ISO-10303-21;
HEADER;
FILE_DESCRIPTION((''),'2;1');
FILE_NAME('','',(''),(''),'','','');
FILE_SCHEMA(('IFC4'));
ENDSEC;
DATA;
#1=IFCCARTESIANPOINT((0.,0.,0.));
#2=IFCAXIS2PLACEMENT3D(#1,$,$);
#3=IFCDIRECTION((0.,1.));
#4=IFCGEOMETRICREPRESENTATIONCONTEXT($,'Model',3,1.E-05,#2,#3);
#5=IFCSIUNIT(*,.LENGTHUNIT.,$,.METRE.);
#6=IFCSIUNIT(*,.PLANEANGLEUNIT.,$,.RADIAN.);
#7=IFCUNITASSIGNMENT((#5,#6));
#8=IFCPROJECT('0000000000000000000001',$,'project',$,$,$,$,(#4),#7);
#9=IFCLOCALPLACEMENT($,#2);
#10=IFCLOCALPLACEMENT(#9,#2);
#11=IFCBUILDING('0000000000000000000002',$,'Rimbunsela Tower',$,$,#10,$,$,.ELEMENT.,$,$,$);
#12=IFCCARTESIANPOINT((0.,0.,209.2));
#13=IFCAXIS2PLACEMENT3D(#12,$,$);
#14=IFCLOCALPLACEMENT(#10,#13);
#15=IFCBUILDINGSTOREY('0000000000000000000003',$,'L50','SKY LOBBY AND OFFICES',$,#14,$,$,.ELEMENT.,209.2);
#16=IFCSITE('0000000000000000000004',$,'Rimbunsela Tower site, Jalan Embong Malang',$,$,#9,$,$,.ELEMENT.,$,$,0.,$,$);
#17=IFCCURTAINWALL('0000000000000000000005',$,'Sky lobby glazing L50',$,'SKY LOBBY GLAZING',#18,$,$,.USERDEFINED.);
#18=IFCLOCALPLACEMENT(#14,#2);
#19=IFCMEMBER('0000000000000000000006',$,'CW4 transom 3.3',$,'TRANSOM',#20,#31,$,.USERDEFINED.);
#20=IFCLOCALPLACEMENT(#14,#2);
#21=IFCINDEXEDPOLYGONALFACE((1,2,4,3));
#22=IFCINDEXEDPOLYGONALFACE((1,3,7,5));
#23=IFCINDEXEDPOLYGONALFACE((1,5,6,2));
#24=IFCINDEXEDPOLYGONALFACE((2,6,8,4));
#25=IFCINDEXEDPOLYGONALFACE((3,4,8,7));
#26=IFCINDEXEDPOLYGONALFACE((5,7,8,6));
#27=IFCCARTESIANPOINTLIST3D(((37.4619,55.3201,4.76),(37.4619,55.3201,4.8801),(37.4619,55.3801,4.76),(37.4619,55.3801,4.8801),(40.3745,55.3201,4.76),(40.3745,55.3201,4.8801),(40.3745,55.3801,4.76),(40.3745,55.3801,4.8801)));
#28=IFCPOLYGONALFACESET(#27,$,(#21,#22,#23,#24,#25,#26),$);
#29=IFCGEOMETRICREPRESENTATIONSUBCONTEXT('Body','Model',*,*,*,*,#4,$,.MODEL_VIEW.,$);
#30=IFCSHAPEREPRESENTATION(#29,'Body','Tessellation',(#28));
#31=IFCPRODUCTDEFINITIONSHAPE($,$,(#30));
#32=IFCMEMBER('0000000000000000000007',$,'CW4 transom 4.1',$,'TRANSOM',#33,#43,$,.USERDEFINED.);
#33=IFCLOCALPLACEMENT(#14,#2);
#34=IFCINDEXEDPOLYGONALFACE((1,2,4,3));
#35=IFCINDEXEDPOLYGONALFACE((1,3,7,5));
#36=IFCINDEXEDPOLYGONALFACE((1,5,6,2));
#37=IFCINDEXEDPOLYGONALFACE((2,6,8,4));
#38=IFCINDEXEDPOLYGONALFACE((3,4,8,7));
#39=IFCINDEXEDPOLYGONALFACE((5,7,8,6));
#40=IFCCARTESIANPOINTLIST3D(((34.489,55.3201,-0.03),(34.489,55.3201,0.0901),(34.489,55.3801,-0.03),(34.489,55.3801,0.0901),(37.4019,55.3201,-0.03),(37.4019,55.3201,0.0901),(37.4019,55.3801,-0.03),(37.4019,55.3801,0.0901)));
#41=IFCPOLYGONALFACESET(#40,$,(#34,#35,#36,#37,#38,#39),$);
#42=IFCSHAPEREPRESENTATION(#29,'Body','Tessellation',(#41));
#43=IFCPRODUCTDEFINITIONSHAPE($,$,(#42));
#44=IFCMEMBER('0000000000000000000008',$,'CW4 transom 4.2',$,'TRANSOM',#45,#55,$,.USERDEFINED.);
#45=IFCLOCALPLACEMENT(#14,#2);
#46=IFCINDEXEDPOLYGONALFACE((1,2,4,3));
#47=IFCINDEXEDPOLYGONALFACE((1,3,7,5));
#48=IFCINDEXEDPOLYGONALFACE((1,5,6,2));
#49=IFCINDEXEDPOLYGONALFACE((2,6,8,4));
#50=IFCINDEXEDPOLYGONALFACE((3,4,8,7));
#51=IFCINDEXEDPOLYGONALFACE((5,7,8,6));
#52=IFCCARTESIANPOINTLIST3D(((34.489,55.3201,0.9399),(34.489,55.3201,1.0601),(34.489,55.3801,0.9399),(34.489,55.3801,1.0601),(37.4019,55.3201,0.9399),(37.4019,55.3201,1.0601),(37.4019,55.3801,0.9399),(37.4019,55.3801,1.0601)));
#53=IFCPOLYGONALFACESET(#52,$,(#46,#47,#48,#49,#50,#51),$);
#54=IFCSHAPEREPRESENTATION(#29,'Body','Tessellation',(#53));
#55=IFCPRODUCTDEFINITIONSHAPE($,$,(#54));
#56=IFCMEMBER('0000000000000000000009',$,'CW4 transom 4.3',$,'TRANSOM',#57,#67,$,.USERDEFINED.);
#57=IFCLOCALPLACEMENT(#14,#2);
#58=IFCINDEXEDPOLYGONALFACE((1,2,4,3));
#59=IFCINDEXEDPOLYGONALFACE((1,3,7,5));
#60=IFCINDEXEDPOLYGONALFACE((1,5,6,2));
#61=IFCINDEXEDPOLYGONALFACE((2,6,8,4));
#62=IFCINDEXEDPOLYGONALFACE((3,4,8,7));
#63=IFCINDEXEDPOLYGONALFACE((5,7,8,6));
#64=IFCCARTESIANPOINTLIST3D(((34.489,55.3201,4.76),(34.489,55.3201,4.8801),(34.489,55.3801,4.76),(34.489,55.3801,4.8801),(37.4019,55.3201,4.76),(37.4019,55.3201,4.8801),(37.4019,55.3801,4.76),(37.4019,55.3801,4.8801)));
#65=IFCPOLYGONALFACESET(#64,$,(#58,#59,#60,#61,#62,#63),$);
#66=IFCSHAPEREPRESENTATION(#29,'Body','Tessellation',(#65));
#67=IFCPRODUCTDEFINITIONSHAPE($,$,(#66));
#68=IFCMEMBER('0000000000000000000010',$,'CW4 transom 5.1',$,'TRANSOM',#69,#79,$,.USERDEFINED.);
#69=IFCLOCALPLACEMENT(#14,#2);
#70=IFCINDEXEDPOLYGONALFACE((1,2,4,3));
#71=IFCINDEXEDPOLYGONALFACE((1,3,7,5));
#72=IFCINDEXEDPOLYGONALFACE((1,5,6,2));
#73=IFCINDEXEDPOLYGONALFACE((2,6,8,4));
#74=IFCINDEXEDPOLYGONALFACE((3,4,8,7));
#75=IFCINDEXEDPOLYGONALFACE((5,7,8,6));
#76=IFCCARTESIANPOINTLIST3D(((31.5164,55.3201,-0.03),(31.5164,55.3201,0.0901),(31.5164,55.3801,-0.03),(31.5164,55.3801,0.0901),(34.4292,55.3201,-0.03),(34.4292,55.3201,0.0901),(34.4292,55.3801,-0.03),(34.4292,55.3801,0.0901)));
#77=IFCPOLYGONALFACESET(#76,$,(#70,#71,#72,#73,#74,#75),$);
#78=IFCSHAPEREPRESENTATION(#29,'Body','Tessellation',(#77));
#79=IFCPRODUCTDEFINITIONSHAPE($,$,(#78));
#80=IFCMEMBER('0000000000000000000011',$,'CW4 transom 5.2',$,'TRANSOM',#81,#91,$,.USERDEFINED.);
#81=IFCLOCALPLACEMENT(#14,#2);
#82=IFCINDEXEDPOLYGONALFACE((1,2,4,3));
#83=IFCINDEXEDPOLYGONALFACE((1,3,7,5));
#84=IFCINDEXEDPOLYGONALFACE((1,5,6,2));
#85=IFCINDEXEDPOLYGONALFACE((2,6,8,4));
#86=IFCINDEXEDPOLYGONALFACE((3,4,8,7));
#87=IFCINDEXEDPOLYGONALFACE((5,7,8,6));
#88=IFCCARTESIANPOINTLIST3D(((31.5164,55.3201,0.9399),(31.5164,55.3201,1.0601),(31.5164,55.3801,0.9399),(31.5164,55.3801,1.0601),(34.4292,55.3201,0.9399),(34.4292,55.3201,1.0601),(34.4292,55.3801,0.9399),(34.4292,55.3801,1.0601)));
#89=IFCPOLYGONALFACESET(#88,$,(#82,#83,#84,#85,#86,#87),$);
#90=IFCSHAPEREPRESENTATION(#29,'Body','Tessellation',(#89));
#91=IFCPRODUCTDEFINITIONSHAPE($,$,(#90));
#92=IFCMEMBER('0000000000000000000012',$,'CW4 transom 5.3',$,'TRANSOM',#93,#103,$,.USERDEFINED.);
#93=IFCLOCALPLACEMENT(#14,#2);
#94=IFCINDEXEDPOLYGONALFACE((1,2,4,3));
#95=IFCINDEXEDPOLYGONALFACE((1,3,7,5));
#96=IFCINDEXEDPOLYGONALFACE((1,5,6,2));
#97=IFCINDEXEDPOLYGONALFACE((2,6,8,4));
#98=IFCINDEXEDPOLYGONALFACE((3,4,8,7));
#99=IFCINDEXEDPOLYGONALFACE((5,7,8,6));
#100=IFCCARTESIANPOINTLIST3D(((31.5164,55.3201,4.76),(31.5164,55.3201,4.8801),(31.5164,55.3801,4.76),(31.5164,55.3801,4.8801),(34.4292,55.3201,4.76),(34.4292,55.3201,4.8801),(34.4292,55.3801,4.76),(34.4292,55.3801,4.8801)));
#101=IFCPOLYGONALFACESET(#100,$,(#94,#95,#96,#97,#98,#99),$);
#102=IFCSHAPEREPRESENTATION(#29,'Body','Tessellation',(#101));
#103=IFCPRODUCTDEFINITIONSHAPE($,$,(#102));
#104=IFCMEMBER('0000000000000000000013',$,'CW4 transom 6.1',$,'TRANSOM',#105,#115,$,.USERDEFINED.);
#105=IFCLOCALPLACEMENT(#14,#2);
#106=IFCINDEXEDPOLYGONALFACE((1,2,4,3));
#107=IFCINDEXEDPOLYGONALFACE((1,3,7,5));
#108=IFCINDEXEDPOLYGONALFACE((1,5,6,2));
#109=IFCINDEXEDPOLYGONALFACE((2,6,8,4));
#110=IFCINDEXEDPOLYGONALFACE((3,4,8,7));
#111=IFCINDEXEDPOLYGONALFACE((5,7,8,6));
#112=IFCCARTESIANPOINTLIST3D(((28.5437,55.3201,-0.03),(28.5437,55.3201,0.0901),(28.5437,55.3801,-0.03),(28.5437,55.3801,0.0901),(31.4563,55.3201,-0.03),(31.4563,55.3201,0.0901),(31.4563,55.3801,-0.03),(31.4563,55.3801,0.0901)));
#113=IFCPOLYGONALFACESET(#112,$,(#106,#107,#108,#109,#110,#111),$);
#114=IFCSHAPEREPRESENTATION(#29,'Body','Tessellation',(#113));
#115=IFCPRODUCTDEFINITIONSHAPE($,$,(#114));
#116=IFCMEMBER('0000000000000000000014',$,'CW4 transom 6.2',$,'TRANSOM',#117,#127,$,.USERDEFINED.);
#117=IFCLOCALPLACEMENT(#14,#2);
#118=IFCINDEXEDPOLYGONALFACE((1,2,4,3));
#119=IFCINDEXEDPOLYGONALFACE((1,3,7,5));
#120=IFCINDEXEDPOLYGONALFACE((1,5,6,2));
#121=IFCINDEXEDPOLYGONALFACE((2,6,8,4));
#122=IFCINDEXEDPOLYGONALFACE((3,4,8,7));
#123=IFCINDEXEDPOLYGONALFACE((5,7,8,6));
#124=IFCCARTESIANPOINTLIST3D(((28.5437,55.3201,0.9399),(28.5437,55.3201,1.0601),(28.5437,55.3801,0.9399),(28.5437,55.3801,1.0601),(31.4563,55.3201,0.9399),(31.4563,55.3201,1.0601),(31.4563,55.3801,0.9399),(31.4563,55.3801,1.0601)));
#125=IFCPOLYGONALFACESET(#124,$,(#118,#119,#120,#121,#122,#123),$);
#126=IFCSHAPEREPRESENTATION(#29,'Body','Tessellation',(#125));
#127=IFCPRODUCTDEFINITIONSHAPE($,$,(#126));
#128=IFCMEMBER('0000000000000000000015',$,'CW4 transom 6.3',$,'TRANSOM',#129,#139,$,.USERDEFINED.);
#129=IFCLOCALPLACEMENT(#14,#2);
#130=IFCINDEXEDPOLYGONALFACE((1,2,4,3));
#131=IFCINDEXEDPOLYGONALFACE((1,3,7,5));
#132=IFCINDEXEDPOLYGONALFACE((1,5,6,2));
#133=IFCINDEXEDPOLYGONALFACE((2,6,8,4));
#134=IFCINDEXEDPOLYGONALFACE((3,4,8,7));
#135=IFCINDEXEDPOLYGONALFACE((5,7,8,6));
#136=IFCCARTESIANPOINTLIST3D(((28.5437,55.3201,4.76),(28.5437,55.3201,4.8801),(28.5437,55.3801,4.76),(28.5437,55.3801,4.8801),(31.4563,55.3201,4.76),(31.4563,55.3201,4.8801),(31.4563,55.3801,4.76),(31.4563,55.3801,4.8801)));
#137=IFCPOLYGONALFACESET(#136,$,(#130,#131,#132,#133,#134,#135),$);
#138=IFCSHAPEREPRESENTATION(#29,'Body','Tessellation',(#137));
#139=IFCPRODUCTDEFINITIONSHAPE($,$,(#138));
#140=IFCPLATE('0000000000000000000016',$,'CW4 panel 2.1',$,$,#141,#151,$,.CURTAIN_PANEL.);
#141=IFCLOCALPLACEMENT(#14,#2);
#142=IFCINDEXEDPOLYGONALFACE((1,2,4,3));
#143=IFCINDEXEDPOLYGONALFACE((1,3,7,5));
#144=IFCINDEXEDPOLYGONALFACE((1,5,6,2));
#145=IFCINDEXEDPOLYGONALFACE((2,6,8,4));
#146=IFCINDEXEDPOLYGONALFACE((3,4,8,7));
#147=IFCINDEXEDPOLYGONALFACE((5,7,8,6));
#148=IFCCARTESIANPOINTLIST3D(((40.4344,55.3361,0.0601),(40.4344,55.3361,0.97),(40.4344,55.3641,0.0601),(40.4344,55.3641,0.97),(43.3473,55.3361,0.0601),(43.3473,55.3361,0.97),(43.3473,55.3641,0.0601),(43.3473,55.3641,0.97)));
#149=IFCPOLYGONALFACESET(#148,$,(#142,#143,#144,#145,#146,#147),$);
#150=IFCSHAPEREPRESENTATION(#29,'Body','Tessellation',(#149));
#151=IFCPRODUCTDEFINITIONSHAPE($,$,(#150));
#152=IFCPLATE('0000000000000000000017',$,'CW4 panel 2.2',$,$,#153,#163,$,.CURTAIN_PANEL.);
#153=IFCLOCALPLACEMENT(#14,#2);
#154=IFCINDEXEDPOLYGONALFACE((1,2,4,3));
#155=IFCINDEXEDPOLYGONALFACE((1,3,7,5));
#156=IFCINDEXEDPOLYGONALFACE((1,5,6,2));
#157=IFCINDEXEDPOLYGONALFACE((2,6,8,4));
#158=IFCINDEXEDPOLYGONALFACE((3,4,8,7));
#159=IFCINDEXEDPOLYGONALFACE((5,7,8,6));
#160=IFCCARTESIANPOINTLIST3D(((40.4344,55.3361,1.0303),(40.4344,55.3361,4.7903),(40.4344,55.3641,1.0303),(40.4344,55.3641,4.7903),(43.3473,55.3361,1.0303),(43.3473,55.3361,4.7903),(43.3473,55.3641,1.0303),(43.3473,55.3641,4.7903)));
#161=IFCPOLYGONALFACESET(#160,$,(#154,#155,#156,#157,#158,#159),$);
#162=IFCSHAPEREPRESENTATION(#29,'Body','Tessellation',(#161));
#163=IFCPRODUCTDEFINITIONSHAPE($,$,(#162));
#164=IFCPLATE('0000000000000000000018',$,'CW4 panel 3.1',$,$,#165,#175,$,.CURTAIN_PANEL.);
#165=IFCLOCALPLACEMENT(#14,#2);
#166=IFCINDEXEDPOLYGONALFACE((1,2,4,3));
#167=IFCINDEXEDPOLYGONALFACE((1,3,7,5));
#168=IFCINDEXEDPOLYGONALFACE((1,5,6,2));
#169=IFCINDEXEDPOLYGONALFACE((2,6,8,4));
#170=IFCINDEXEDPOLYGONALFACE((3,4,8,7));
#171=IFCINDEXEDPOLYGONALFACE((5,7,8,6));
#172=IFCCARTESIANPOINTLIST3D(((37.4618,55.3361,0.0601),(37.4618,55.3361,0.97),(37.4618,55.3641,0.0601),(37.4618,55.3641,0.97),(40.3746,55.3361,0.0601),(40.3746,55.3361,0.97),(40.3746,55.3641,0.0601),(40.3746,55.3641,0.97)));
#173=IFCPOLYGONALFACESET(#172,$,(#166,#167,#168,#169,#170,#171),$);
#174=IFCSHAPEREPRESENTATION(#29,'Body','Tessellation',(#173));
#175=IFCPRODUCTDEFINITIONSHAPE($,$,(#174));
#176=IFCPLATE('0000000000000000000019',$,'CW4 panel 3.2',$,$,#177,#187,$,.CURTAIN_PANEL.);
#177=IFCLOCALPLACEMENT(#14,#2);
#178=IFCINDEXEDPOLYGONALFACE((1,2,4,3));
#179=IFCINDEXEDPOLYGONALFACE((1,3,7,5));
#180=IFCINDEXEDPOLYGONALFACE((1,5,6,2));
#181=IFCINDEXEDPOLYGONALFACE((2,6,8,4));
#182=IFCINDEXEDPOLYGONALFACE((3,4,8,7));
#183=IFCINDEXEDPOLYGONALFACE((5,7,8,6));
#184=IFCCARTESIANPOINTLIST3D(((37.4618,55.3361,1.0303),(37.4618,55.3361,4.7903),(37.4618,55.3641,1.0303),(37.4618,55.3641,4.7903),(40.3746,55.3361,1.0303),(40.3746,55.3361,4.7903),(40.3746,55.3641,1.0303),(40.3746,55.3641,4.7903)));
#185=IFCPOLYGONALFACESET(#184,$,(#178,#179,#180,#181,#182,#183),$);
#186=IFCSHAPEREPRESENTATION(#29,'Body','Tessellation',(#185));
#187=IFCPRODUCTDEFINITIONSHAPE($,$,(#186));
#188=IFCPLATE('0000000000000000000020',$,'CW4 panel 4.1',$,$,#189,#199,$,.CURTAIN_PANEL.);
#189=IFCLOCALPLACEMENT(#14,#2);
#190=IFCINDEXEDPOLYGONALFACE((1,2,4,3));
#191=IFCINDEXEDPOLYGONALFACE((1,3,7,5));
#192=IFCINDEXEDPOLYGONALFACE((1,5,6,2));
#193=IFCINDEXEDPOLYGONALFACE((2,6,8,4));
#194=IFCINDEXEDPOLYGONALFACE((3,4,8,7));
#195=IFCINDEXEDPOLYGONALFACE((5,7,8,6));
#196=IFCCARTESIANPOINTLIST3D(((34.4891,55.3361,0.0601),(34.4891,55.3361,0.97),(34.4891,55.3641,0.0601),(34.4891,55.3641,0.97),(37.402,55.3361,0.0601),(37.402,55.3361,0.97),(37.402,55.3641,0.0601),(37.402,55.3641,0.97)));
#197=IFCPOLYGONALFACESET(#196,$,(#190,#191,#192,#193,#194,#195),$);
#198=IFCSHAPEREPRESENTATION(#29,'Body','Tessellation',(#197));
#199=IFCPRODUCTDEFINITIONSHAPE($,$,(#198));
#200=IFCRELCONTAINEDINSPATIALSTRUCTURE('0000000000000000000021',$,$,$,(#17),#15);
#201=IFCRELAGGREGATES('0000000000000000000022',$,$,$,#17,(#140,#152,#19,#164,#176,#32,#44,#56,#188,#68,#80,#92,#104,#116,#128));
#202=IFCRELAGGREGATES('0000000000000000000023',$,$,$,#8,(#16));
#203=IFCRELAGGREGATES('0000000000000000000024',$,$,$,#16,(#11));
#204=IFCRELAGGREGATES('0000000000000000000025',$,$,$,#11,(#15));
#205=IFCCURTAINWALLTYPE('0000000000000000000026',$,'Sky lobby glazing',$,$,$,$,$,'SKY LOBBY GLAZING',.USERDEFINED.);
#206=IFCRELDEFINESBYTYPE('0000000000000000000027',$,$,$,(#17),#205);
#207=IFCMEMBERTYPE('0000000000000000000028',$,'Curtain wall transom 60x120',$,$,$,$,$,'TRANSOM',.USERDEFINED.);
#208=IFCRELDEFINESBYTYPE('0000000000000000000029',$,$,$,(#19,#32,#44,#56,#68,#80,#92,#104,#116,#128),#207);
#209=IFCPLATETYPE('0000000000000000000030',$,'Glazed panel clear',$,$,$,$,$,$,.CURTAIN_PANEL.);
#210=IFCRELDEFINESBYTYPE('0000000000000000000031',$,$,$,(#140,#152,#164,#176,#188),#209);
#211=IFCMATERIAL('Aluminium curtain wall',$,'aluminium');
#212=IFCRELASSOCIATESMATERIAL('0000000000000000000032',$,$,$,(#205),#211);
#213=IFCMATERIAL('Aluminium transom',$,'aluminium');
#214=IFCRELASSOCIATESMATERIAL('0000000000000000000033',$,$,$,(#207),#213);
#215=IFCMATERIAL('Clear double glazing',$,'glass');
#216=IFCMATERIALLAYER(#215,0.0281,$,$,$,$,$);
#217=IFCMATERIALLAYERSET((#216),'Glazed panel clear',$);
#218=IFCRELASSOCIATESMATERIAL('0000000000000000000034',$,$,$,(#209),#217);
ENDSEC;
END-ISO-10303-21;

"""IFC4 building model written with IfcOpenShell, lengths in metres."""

from ifc_helpers import new_model, si_unit, direction, frame, origin, origin_2d, place, context, subcontext, project, spatial, rectangle, extrude, material, layer, layer_set, material_profile, profile_set, type_object, element, aggregate, save


model = new_model("IFC4")

# Units and contexts
model_context = context("Model", 3, precision=1e-05, world=origin(), true_north=direction((0.0, 1.0)))
body_context = subcontext(model_context, "Body", "Model", "MODEL_VIEW")
ifc_project = project(units=[si_unit("LENGTHUNIT", "METRE"), si_unit("PLANEANGLEUNIT", "RADIAN")], contexts=[model_context])

# Site, building, storey
site_placement = place(None, origin())
site = spatial("IfcSite", under=ifc_project, at=site_placement, Name="Rimbunsela Tower site, Jalan Embong Malang", CompositionType="ELEMENT", RefElevation=0.0)
building_placement = place(site_placement, origin())
building = spatial("IfcBuilding", under=site, at=building_placement, Name="Rimbunsela Tower", CompositionType="ELEMENT")
storey_placement = place(building_placement, frame((0.0, 0.0, 209.2)))
storey = spatial("IfcBuildingStorey", under=building, at=storey_placement, Name="L50", Description="SKY LOBBY AND OFFICES", CompositionType="ELEMENT", Elevation=209.2)

# Curtain wall, members, plates
ifc_material_1 = material(Name="Aluminium curtain wall", Category="aluminium")
curtain_wall_type = type_object("IfcCurtainWallType", Name="Sky lobby glazing", ElementType="SKY LOBBY GLAZING", PredefinedType="USERDEFINED", material=ifc_material_1)
curtain_wall_placement = place(storey_placement, origin())
curtain_wall = element("IfcCurtainWall", 1, at=curtain_wall_placement, inside=storey, type_object=curtain_wall_type, Name="Sky lobby glazing L50", ObjectType="SKY LOBBY GLAZING", PredefinedType="USERDEFINED")
ifc_material_2 = material(Name="Aluminium transom", Category="aluminium")
ifc_material_profile_1 = material_profile(ifc_material_2, rectangle(XDim=0.0601, YDim=0.1201, at=origin_2d()), Name="Transom 60x120")
ifc_profile_set_1 = profile_set([ifc_material_profile_1], Name="Aluminium transom")
member_type_1 = type_object("IfcMemberType", Name="Curtain wall transom 60x120", ElementType="TRANSOM", PredefinedType="USERDEFINED", material=ifc_profile_set_1)
member_1_placement = place(storey_placement, frame((40.3745, 55.3501, 4.8201), z_axis=(-1.0, 0.0, 0.0), x_axis=(0.0, -1.0, 0.0)))
member_1 = element("IfcMember", 2, at=member_1_placement, type_object=member_type_1, Name="CW4 transom 3.3", ObjectType="TRANSOM", PredefinedType="USERDEFINED", context=body_context, shape_type="SweptSolid", body=[
    extrude(rectangle(XDim=0.0601, YDim=0.1201, at=origin_2d()), origin(), (0.0, 0.0, 1.0), 2.9126),
])
member_2_placement = place(storey_placement, frame((37.4019, 55.3501, 0.03), z_axis=(-1.0, 0.0, 0.0), x_axis=(0.0, -1.0, 0.0)))
member_2 = element("IfcMember", 3, at=member_2_placement, type_object=member_type_1, Name="CW4 transom 4.1", ObjectType="TRANSOM", PredefinedType="USERDEFINED", context=body_context, shape_type="SweptSolid", body=[
    extrude(rectangle(XDim=0.0601, YDim=0.1201, at=origin_2d()), origin(), (0.0, 0.0, 1.0), 2.9128),
])
member_3_placement = place(storey_placement, frame((37.4019, 55.3501, 1.0), z_axis=(-1.0, 0.0, 0.0), x_axis=(0.0, -1.0, 0.0)))
member_3 = element("IfcMember", 4, at=member_3_placement, type_object=member_type_1, Name="CW4 transom 4.2", ObjectType="TRANSOM", PredefinedType="USERDEFINED", context=body_context, shape_type="SweptSolid", body=[
    extrude(rectangle(XDim=0.0601, YDim=0.1201, at=origin_2d()), origin(), (0.0, 0.0, 1.0), 2.9128),
])
member_4_placement = place(storey_placement, frame((37.4019, 55.3501, 4.8201), z_axis=(-1.0, 0.0, 0.0), x_axis=(0.0, -1.0, 0.0)))
member_4 = element("IfcMember", 5, at=member_4_placement, type_object=member_type_1, Name="CW4 transom 4.3", ObjectType="TRANSOM", PredefinedType="USERDEFINED", context=body_context, shape_type="SweptSolid", body=[
    extrude(rectangle(XDim=0.0601, YDim=0.1201, at=origin_2d()), origin(), (0.0, 0.0, 1.0), 2.9128),
])
member_5_placement = place(storey_placement, frame((34.4292, 55.3501, 0.03), z_axis=(-1.0, 0.0, 0.0), x_axis=(0.0, -1.0, 0.0)))
member_5 = element("IfcMember", 6, at=member_5_placement, type_object=member_type_1, Name="CW4 transom 5.1", ObjectType="TRANSOM", PredefinedType="USERDEFINED", context=body_context, shape_type="SweptSolid", body=[
    extrude(rectangle(XDim=0.0601, YDim=0.1201, at=origin_2d()), origin(), (0.0, 0.0, 1.0), 2.9128),
])
member_6_placement = place(storey_placement, frame((34.4292, 55.3501, 1.0), z_axis=(-1.0, 0.0, 0.0), x_axis=(0.0, -1.0, 0.0)))
member_6 = element("IfcMember", 7, at=member_6_placement, type_object=member_type_1, Name="CW4 transom 5.2", ObjectType="TRANSOM", PredefinedType="USERDEFINED", context=body_context, shape_type="SweptSolid", body=[
    extrude(rectangle(XDim=0.0601, YDim=0.1201, at=origin_2d()), origin(), (0.0, 0.0, 1.0), 2.9128),
])
member_7_placement = place(storey_placement, frame((34.4292, 55.3501, 4.8201), z_axis=(-1.0, 0.0, 0.0), x_axis=(0.0, -1.0, 0.0)))
member_7 = element("IfcMember", 8, at=member_7_placement, type_object=member_type_1, Name="CW4 transom 5.3", ObjectType="TRANSOM", PredefinedType="USERDEFINED", context=body_context, shape_type="SweptSolid", body=[
    extrude(rectangle(XDim=0.0601, YDim=0.1201, at=origin_2d()), origin(), (0.0, 0.0, 1.0), 2.9128),
])
member_8_placement = place(storey_placement, frame((31.4563, 55.3501, 0.03), z_axis=(-1.0, 0.0, 0.0), x_axis=(0.0, -1.0, 0.0)))
member_8 = element("IfcMember", 9, at=member_8_placement, type_object=member_type_1, Name="CW4 transom 6.1", ObjectType="TRANSOM", PredefinedType="USERDEFINED", context=body_context, shape_type="SweptSolid", body=[
    extrude(rectangle(XDim=0.0601, YDim=0.1201, at=origin_2d()), origin(), (0.0, 0.0, 1.0), 2.9126),
])
member_9_placement = place(storey_placement, frame((31.4563, 55.3501, 1.0), z_axis=(-1.0, 0.0, 0.0), x_axis=(0.0, -1.0, 0.0)))
member_9 = element("IfcMember", 10, at=member_9_placement, type_object=member_type_1, Name="CW4 transom 6.2", ObjectType="TRANSOM", PredefinedType="USERDEFINED", context=body_context, shape_type="SweptSolid", body=[
    extrude(rectangle(XDim=0.0601, YDim=0.1201, at=origin_2d()), origin(), (0.0, 0.0, 1.0), 2.9126),
])
member_10_placement = place(storey_placement, frame((31.4563, 55.3501, 4.8201), z_axis=(-1.0, 0.0, 0.0), x_axis=(0.0, -1.0, 0.0)))
member_10 = element("IfcMember", 11, at=member_10_placement, type_object=member_type_1, Name="CW4 transom 6.3", ObjectType="TRANSOM", PredefinedType="USERDEFINED", context=body_context, shape_type="SweptSolid", body=[
    extrude(rectangle(XDim=0.0601, YDim=0.1201, at=origin_2d()), origin(), (0.0, 0.0, 1.0), 2.9126),
])
ifc_material_3 = material(Name="Clear double glazing", Category="glass")
ifc_layer = layer(ifc_material_3, 0.0281)
ifc_layer_set = layer_set([ifc_layer], Name="Glazed panel clear")
plate_type = type_object("IfcPlateType", Name="Glazed panel clear", PredefinedType="CURTAIN_PANEL", material=ifc_layer_set)
plate_1_placement = place(storey_placement, frame((41.8909, 55.3501, 0.0601), z_axis=(0.0, 0.0, 1.0), x_axis=(-1.0, 0.0, 0.0)))
plate_1 = element("IfcPlate", 12, at=plate_1_placement, type_object=plate_type, Name="CW4 panel 2.1", PredefinedType="CURTAIN_PANEL", context=body_context, shape_type="SweptSolid", body=[
    extrude(rectangle(XDim=2.9128, YDim=0.0281, at=origin_2d()), origin(), (0.0, 0.0, 1.0), 0.9099),
])
plate_2_placement = place(storey_placement, frame((41.8909, 55.3501, 1.0303), z_axis=(0.0, 0.0, 1.0), x_axis=(-1.0, 0.0, 0.0)))
plate_2 = element("IfcPlate", 13, at=plate_2_placement, type_object=plate_type, Name="CW4 panel 2.2", PredefinedType="CURTAIN_PANEL", context=body_context, shape_type="SweptSolid", body=[
    extrude(rectangle(XDim=2.9128, YDim=0.0281, at=origin_2d()), origin(), (0.0, 0.0, 1.0), 3.76),
])
plate_3_placement = place(storey_placement, frame((38.9182, 55.3501, 0.0601), z_axis=(0.0, 0.0, 1.0), x_axis=(-1.0, 0.0, 0.0)))
plate_3 = element("IfcPlate", 14, at=plate_3_placement, type_object=plate_type, Name="CW4 panel 3.1", PredefinedType="CURTAIN_PANEL", context=body_context, shape_type="SweptSolid", body=[
    extrude(rectangle(XDim=2.9128, YDim=0.0281, at=origin_2d()), origin(), (0.0, 0.0, 1.0), 0.9099),
])
plate_4_placement = place(storey_placement, frame((38.9182, 55.3501, 1.0303), z_axis=(0.0, 0.0, 1.0), x_axis=(-1.0, 0.0, 0.0)))
plate_4 = element("IfcPlate", 15, at=plate_4_placement, type_object=plate_type, Name="CW4 panel 3.2", PredefinedType="CURTAIN_PANEL", context=body_context, shape_type="SweptSolid", body=[
    extrude(rectangle(XDim=2.9128, YDim=0.0281, at=origin_2d()), origin(), (0.0, 0.0, 1.0), 3.76),
])
plate_5_placement = place(storey_placement, frame((35.9456, 55.3501, 0.0601), z_axis=(0.0, 0.0, 1.0), x_axis=(-1.0, 0.0, 0.0)))
plate_5 = element("IfcPlate", 16, at=plate_5_placement, type_object=plate_type, Name="CW4 panel 4.1", PredefinedType="CURTAIN_PANEL", context=body_context, shape_type="SweptSolid", body=[
    extrude(rectangle(XDim=2.9128, YDim=0.0281, at=origin_2d()), origin(), (0.0, 0.0, 1.0), 0.9099),
])
aggregate(curtain_wall, [plate_1, plate_2, member_1, plate_3, plate_4, member_2, member_3, member_4, plate_5, member_5, member_6, member_7, member_8, member_9, member_10])

save(model, "model.ifc")
